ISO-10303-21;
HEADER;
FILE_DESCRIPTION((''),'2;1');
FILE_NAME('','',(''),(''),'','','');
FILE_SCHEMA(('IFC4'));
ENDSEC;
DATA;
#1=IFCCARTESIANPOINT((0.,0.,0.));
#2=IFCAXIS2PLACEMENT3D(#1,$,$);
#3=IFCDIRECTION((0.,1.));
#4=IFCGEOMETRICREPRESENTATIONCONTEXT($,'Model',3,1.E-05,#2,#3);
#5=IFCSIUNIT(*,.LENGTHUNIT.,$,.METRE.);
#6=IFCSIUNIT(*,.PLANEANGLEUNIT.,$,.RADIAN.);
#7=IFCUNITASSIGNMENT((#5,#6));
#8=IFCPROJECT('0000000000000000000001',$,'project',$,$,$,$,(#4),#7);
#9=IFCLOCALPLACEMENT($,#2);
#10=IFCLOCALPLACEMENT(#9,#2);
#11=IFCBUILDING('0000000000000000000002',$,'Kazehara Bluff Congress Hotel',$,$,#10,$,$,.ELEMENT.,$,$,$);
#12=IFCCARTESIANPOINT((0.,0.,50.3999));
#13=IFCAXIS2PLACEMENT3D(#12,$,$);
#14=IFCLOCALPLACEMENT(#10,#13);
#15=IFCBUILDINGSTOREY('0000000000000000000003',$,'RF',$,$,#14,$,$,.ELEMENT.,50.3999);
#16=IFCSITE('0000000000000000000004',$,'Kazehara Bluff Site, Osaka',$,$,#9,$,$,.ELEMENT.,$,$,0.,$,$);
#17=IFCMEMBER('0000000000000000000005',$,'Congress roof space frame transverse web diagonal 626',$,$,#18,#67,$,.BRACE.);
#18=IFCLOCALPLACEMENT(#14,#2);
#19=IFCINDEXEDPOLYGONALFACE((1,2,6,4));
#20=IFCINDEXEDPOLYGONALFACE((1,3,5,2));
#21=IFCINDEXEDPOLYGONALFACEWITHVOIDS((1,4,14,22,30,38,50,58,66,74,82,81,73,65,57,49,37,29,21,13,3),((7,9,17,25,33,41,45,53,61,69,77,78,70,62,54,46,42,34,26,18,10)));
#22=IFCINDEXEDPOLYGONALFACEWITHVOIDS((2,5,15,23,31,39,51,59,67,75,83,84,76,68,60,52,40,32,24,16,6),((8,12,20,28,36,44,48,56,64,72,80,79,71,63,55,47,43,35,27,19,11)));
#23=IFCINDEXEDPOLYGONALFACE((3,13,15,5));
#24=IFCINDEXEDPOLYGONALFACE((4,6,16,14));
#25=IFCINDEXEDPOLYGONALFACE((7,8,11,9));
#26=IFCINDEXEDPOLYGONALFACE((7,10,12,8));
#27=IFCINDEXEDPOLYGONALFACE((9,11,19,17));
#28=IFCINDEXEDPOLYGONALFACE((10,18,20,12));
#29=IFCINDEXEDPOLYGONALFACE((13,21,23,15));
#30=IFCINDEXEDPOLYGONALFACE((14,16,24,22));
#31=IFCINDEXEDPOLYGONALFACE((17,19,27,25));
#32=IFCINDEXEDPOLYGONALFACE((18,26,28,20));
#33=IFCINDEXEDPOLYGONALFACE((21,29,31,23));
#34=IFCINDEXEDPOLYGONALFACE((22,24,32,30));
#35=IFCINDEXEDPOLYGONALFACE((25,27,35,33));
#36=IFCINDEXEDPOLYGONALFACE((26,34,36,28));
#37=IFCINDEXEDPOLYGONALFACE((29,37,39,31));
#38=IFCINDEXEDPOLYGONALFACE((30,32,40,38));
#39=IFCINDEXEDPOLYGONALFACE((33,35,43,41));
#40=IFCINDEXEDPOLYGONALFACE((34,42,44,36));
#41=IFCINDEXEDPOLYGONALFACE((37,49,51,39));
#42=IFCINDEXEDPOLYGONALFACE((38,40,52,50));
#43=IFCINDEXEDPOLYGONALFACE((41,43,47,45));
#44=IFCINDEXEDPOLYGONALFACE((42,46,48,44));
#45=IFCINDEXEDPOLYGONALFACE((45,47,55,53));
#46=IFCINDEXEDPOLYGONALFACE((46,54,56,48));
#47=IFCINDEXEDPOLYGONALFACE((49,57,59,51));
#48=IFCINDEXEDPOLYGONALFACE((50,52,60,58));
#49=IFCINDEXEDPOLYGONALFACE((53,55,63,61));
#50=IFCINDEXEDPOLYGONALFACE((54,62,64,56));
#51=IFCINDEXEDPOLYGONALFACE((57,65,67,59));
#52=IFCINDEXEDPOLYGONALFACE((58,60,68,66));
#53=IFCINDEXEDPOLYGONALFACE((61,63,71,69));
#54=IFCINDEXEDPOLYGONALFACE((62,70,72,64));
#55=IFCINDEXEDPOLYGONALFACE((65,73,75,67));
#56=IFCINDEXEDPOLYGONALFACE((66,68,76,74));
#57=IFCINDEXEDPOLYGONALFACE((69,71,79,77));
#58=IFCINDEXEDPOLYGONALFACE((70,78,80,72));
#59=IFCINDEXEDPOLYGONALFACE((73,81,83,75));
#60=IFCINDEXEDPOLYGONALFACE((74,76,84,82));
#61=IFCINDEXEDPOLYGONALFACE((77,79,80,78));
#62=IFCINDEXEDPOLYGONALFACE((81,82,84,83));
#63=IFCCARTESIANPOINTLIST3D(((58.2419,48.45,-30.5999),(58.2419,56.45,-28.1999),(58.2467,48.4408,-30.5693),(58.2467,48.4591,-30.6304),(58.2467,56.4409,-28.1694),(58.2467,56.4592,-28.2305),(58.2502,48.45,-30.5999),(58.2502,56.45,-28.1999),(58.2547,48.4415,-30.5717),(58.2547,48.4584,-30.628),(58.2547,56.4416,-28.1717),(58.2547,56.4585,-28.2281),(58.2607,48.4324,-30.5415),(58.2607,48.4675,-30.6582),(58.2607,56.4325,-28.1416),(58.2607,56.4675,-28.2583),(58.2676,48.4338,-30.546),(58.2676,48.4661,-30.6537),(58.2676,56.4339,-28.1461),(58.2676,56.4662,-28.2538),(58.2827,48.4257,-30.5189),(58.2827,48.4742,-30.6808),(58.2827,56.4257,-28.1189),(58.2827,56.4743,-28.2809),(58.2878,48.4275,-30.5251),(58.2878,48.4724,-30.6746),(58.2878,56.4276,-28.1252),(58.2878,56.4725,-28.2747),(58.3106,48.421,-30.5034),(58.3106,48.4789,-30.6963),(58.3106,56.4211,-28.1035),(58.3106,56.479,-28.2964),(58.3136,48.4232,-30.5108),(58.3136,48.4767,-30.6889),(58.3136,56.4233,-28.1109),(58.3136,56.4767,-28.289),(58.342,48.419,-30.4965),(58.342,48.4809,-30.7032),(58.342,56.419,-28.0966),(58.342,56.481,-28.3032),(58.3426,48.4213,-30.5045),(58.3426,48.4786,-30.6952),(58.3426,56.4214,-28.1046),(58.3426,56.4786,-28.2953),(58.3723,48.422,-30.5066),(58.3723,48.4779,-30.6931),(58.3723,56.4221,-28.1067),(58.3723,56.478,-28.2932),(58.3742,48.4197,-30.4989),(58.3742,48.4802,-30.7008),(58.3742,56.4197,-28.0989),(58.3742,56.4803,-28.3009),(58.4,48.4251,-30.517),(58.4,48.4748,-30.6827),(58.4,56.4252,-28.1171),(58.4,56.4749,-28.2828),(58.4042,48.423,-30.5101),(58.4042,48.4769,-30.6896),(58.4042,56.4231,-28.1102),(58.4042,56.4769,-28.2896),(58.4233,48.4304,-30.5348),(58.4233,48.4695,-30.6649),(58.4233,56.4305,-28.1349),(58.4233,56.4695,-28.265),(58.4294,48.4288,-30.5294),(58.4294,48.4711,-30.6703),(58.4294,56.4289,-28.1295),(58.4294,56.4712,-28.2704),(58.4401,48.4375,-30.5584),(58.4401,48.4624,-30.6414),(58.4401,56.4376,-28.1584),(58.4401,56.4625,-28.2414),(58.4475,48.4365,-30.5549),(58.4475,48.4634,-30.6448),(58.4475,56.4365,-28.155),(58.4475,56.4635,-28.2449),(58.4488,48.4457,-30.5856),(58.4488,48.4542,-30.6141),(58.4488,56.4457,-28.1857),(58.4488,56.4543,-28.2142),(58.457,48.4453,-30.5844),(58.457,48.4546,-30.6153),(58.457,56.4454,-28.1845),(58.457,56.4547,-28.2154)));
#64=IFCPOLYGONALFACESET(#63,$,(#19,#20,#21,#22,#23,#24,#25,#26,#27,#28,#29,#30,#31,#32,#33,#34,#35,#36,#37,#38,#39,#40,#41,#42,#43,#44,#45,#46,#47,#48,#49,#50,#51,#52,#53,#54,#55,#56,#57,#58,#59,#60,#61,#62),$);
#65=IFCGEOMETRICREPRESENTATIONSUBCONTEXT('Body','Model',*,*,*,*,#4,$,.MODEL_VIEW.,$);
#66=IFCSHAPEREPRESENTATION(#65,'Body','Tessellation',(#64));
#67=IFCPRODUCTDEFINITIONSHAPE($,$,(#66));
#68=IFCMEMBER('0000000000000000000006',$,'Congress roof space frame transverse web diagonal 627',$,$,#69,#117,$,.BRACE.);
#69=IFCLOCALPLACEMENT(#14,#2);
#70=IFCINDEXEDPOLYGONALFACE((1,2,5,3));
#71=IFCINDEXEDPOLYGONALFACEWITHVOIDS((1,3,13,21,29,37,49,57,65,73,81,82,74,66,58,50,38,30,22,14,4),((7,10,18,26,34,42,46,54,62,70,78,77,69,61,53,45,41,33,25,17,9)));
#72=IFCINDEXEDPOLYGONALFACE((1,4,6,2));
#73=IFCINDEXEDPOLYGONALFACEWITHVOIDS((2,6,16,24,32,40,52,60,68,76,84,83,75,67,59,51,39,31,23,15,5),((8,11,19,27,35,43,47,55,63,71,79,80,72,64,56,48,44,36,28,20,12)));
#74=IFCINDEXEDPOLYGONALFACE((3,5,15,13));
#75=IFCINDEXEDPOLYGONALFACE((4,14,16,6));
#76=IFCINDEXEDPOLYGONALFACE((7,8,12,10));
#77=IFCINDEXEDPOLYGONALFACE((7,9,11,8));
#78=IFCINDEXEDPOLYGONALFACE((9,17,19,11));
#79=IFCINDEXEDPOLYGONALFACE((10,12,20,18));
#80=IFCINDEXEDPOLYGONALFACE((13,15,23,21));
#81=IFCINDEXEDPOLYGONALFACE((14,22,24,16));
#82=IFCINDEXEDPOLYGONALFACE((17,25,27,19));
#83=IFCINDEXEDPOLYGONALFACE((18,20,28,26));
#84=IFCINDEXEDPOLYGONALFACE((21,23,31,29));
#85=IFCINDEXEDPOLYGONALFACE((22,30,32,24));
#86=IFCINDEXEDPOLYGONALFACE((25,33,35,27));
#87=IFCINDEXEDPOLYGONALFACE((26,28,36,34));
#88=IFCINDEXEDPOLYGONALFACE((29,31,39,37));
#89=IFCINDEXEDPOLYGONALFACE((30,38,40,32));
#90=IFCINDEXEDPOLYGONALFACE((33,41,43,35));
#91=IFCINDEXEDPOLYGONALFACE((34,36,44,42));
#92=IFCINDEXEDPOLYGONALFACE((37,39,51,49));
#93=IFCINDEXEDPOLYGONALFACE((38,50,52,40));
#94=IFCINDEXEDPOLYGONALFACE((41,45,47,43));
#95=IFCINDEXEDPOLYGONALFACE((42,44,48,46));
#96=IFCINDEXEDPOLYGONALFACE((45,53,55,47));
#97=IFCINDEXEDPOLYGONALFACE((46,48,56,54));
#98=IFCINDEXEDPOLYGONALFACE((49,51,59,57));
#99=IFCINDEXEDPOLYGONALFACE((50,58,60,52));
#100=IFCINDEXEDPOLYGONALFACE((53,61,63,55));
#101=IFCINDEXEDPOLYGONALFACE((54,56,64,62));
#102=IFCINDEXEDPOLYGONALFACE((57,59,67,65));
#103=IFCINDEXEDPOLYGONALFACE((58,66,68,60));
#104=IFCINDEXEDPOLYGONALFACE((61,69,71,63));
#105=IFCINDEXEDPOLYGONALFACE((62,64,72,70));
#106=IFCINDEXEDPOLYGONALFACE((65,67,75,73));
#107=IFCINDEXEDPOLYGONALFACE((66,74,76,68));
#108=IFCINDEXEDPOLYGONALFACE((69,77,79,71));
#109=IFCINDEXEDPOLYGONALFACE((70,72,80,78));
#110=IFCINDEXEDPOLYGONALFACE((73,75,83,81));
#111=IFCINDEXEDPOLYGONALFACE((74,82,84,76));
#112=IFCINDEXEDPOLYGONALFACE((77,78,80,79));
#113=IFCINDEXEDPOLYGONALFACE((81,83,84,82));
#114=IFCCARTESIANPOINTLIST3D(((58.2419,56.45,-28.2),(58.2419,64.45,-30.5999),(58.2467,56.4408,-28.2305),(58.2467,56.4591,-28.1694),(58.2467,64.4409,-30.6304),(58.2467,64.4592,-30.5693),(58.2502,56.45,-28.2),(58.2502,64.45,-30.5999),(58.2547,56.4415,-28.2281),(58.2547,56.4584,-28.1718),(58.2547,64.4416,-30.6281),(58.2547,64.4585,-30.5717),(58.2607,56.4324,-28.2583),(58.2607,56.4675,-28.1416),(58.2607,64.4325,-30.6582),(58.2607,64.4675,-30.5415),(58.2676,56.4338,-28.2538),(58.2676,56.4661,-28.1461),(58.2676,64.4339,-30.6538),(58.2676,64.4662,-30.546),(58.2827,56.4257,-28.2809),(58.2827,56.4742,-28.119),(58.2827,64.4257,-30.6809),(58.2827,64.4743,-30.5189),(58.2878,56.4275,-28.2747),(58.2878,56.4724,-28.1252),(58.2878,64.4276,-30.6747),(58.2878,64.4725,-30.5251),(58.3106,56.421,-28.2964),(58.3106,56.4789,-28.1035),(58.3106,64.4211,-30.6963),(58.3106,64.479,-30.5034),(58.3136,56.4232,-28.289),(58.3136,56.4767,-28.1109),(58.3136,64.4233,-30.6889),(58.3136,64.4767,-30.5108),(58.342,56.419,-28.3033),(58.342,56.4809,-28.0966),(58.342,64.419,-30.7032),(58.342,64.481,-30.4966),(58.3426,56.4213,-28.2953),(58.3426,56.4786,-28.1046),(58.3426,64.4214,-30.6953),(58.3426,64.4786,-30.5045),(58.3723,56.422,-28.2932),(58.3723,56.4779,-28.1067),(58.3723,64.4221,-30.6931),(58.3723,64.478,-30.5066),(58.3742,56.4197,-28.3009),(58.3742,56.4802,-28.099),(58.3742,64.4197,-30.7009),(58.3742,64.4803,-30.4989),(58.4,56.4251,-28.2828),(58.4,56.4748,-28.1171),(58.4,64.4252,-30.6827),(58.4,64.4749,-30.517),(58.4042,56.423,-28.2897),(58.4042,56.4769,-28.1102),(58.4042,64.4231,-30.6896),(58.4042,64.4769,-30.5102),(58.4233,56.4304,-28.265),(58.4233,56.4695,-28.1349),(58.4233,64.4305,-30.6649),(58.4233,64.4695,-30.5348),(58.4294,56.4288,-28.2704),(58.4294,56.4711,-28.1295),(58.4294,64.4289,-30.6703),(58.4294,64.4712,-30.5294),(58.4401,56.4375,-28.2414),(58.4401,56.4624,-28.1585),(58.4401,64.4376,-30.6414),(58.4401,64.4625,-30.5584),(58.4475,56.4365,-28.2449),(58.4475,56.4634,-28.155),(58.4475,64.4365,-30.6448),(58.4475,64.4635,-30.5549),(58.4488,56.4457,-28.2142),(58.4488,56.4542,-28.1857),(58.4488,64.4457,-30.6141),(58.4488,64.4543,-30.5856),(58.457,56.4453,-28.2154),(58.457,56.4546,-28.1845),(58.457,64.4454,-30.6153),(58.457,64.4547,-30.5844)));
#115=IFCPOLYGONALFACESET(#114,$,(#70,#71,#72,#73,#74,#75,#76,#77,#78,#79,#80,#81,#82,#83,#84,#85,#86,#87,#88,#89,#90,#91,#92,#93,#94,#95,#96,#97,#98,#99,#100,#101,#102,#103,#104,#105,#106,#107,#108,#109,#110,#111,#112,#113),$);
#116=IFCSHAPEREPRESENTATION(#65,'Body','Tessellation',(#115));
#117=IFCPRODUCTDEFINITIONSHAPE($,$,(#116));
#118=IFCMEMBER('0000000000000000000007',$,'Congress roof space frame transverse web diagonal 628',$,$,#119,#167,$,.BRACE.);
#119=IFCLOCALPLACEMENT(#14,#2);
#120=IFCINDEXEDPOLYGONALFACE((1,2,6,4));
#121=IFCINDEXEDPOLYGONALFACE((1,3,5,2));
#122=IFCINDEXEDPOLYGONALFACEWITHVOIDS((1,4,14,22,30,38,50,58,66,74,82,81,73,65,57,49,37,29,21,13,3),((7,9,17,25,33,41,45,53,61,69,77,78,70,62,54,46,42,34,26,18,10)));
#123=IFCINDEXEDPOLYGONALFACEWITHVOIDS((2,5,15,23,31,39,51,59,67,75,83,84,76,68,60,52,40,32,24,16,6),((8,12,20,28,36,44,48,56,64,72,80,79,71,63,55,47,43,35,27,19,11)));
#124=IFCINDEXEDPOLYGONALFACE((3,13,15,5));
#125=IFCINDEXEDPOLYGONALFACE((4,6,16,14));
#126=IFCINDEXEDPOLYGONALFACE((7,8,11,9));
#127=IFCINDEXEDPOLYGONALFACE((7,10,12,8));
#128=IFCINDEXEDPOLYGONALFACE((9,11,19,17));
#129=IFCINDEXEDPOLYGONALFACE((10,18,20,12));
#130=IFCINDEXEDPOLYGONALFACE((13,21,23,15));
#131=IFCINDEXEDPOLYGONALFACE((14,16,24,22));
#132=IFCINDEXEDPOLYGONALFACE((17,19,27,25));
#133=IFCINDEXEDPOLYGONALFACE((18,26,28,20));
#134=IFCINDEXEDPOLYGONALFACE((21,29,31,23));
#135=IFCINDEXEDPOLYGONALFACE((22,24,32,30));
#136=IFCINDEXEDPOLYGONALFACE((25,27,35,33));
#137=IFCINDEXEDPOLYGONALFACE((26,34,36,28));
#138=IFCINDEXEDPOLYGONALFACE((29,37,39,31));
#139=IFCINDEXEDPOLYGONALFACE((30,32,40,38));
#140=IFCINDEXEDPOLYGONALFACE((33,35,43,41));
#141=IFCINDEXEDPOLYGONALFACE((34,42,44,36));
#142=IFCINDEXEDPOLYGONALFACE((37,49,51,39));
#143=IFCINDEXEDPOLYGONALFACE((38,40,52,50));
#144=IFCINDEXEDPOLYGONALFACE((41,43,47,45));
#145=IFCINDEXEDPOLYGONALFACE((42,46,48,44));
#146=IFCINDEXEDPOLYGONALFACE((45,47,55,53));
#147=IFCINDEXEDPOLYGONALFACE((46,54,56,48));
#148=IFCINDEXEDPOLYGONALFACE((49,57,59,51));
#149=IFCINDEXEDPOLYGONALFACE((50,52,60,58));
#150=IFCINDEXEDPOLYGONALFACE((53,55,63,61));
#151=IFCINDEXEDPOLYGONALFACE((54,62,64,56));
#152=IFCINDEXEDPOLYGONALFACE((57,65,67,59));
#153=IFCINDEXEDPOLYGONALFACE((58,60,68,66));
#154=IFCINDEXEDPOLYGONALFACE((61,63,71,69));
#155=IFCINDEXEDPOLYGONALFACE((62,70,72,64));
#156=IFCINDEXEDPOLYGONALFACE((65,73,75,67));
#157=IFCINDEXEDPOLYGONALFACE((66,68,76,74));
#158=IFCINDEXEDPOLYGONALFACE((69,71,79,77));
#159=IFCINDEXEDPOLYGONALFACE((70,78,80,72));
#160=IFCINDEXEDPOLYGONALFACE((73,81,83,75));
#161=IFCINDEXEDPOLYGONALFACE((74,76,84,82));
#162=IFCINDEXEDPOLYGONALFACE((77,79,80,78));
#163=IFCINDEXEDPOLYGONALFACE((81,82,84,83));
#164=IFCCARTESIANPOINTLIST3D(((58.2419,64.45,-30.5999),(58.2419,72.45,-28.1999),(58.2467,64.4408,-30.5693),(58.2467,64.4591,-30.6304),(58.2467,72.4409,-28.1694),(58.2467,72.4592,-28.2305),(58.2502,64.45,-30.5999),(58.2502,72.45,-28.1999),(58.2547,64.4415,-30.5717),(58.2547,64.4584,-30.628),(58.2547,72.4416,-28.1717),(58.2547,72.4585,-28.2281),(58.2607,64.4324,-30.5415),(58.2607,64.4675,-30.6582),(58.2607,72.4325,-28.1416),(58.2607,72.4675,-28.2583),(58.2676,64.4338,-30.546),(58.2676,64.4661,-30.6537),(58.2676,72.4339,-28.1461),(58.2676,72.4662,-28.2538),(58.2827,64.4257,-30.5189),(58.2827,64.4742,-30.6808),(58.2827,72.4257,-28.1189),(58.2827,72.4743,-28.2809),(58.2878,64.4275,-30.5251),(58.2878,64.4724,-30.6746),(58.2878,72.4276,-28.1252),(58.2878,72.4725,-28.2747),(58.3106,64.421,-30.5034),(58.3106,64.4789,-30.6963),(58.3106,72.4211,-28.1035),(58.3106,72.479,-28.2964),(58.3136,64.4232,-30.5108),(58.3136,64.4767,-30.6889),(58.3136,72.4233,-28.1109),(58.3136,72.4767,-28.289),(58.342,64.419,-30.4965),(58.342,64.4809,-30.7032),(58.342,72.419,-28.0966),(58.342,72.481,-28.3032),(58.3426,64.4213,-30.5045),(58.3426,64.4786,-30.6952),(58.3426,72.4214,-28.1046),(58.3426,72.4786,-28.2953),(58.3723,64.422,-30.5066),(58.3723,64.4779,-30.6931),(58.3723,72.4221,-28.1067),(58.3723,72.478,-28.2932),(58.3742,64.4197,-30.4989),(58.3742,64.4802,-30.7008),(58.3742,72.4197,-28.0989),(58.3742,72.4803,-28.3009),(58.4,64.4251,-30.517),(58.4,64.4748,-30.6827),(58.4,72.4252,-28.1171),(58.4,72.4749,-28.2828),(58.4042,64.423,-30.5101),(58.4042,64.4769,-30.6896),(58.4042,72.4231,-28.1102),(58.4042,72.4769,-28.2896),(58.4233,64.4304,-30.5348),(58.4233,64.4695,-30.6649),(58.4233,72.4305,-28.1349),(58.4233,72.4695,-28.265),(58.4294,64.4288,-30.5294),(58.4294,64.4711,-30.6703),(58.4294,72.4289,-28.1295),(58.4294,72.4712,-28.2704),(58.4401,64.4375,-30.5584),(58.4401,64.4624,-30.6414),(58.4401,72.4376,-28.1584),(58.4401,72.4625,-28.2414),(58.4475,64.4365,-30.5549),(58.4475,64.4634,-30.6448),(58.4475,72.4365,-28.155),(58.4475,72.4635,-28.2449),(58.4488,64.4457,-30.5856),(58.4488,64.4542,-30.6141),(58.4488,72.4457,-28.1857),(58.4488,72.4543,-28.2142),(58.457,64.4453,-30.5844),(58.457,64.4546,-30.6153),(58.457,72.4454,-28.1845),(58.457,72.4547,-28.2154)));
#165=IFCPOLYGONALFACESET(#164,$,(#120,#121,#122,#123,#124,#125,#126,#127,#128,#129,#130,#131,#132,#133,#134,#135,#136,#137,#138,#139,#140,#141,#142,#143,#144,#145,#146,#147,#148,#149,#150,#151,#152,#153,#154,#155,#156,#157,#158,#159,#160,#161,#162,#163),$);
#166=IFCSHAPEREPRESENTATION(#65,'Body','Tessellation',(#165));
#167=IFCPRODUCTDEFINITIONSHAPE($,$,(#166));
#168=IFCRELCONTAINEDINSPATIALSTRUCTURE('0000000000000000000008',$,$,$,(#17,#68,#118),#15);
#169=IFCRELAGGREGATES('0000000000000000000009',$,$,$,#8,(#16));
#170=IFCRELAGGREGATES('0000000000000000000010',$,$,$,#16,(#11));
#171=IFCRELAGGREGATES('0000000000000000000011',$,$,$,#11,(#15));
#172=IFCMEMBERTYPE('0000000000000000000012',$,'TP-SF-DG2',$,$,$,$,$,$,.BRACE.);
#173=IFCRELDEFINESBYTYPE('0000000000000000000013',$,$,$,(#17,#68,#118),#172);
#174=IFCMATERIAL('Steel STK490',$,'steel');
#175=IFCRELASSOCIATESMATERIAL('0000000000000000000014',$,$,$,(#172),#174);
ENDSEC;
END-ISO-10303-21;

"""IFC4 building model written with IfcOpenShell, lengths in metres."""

from ifc_helpers import new_model, si_unit, direction, frame, origin, origin_2d, place, context, subcontext, project, spatial, hollow_circle, extrude, material, material_profile, profile_set, type_object, element, save


model = new_model("IFC4")

# Units and contexts
model_context = context("Model", 3, precision=1e-05, world=origin(), true_north=direction((0.0, 1.0)))
body_context = subcontext(model_context, "Body", "Model", "MODEL_VIEW")
ifc_project = project(units=[si_unit("LENGTHUNIT", "METRE"), si_unit("PLANEANGLEUNIT", "RADIAN")], contexts=[model_context])

# Site, building, storey
site_placement = place(None, origin())
site = spatial("IfcSite", under=ifc_project, at=site_placement, Name="Kazehara Bluff Site, Osaka", CompositionType="ELEMENT", RefElevation=0.0)
building_placement = place(site_placement, origin())
building = spatial("IfcBuilding", under=site, at=building_placement, Name="Kazehara Bluff Congress Hotel", CompositionType="ELEMENT")
storey_placement = place(building_placement, frame((0.0, 0.0, 50.3999)))
storey = spatial("IfcBuildingStorey", under=building, at=storey_placement, Name="RF", CompositionType="ELEMENT", Elevation=50.3999)

# Members
ifc_material_1 = material(Name="Steel STK490", Category="steel")
ifc_material_profile_1 = material_profile(ifc_material_1, hollow_circle(Radius=0.1082, WallThickness=0.0083, at=origin_2d()))
ifc_profile_set_1 = profile_set([ifc_material_profile_1], Name="Steel STK490")
member_type_1 = type_object("IfcMemberType", Name="TP-SF-DG2", PredefinedType="BRACE", material=ifc_profile_set_1)
for number, where, z_axis, x_axis, name in (
    (1, (58.3501, 48.45, -30.5999), (0.0, 0.95783, 0.287337), (-1.0, 0.0, 0.0), "Congress roof space frame transverse web diagonal 626"),
    (2, (58.3501, 56.45, -28.2), (0.0, 0.95783, -0.287337), (-1.0, 0.0, 0.0), "Congress roof space frame transverse web diagonal 627"),
    (3, (58.3501, 64.45, -30.5999), (0.0, 0.95783, 0.287337), (-1.0, 0.0, 0.0), "Congress roof space frame transverse web diagonal 628"),
):
    element("IfcMember", number, at=place(storey_placement, frame(where, z_axis=z_axis, x_axis=x_axis)), inside=storey, type_object=member_type_1, Name=name, PredefinedType="BRACE", context=body_context, shape_type="SweptSolid", body=[
        extrude(hollow_circle(Radius=0.1082, WallThickness=0.0083, at=origin_2d()), origin(), (0.0, 0.0, 1.0), 8.3523),
    ])

save(model, "model.ifc")
